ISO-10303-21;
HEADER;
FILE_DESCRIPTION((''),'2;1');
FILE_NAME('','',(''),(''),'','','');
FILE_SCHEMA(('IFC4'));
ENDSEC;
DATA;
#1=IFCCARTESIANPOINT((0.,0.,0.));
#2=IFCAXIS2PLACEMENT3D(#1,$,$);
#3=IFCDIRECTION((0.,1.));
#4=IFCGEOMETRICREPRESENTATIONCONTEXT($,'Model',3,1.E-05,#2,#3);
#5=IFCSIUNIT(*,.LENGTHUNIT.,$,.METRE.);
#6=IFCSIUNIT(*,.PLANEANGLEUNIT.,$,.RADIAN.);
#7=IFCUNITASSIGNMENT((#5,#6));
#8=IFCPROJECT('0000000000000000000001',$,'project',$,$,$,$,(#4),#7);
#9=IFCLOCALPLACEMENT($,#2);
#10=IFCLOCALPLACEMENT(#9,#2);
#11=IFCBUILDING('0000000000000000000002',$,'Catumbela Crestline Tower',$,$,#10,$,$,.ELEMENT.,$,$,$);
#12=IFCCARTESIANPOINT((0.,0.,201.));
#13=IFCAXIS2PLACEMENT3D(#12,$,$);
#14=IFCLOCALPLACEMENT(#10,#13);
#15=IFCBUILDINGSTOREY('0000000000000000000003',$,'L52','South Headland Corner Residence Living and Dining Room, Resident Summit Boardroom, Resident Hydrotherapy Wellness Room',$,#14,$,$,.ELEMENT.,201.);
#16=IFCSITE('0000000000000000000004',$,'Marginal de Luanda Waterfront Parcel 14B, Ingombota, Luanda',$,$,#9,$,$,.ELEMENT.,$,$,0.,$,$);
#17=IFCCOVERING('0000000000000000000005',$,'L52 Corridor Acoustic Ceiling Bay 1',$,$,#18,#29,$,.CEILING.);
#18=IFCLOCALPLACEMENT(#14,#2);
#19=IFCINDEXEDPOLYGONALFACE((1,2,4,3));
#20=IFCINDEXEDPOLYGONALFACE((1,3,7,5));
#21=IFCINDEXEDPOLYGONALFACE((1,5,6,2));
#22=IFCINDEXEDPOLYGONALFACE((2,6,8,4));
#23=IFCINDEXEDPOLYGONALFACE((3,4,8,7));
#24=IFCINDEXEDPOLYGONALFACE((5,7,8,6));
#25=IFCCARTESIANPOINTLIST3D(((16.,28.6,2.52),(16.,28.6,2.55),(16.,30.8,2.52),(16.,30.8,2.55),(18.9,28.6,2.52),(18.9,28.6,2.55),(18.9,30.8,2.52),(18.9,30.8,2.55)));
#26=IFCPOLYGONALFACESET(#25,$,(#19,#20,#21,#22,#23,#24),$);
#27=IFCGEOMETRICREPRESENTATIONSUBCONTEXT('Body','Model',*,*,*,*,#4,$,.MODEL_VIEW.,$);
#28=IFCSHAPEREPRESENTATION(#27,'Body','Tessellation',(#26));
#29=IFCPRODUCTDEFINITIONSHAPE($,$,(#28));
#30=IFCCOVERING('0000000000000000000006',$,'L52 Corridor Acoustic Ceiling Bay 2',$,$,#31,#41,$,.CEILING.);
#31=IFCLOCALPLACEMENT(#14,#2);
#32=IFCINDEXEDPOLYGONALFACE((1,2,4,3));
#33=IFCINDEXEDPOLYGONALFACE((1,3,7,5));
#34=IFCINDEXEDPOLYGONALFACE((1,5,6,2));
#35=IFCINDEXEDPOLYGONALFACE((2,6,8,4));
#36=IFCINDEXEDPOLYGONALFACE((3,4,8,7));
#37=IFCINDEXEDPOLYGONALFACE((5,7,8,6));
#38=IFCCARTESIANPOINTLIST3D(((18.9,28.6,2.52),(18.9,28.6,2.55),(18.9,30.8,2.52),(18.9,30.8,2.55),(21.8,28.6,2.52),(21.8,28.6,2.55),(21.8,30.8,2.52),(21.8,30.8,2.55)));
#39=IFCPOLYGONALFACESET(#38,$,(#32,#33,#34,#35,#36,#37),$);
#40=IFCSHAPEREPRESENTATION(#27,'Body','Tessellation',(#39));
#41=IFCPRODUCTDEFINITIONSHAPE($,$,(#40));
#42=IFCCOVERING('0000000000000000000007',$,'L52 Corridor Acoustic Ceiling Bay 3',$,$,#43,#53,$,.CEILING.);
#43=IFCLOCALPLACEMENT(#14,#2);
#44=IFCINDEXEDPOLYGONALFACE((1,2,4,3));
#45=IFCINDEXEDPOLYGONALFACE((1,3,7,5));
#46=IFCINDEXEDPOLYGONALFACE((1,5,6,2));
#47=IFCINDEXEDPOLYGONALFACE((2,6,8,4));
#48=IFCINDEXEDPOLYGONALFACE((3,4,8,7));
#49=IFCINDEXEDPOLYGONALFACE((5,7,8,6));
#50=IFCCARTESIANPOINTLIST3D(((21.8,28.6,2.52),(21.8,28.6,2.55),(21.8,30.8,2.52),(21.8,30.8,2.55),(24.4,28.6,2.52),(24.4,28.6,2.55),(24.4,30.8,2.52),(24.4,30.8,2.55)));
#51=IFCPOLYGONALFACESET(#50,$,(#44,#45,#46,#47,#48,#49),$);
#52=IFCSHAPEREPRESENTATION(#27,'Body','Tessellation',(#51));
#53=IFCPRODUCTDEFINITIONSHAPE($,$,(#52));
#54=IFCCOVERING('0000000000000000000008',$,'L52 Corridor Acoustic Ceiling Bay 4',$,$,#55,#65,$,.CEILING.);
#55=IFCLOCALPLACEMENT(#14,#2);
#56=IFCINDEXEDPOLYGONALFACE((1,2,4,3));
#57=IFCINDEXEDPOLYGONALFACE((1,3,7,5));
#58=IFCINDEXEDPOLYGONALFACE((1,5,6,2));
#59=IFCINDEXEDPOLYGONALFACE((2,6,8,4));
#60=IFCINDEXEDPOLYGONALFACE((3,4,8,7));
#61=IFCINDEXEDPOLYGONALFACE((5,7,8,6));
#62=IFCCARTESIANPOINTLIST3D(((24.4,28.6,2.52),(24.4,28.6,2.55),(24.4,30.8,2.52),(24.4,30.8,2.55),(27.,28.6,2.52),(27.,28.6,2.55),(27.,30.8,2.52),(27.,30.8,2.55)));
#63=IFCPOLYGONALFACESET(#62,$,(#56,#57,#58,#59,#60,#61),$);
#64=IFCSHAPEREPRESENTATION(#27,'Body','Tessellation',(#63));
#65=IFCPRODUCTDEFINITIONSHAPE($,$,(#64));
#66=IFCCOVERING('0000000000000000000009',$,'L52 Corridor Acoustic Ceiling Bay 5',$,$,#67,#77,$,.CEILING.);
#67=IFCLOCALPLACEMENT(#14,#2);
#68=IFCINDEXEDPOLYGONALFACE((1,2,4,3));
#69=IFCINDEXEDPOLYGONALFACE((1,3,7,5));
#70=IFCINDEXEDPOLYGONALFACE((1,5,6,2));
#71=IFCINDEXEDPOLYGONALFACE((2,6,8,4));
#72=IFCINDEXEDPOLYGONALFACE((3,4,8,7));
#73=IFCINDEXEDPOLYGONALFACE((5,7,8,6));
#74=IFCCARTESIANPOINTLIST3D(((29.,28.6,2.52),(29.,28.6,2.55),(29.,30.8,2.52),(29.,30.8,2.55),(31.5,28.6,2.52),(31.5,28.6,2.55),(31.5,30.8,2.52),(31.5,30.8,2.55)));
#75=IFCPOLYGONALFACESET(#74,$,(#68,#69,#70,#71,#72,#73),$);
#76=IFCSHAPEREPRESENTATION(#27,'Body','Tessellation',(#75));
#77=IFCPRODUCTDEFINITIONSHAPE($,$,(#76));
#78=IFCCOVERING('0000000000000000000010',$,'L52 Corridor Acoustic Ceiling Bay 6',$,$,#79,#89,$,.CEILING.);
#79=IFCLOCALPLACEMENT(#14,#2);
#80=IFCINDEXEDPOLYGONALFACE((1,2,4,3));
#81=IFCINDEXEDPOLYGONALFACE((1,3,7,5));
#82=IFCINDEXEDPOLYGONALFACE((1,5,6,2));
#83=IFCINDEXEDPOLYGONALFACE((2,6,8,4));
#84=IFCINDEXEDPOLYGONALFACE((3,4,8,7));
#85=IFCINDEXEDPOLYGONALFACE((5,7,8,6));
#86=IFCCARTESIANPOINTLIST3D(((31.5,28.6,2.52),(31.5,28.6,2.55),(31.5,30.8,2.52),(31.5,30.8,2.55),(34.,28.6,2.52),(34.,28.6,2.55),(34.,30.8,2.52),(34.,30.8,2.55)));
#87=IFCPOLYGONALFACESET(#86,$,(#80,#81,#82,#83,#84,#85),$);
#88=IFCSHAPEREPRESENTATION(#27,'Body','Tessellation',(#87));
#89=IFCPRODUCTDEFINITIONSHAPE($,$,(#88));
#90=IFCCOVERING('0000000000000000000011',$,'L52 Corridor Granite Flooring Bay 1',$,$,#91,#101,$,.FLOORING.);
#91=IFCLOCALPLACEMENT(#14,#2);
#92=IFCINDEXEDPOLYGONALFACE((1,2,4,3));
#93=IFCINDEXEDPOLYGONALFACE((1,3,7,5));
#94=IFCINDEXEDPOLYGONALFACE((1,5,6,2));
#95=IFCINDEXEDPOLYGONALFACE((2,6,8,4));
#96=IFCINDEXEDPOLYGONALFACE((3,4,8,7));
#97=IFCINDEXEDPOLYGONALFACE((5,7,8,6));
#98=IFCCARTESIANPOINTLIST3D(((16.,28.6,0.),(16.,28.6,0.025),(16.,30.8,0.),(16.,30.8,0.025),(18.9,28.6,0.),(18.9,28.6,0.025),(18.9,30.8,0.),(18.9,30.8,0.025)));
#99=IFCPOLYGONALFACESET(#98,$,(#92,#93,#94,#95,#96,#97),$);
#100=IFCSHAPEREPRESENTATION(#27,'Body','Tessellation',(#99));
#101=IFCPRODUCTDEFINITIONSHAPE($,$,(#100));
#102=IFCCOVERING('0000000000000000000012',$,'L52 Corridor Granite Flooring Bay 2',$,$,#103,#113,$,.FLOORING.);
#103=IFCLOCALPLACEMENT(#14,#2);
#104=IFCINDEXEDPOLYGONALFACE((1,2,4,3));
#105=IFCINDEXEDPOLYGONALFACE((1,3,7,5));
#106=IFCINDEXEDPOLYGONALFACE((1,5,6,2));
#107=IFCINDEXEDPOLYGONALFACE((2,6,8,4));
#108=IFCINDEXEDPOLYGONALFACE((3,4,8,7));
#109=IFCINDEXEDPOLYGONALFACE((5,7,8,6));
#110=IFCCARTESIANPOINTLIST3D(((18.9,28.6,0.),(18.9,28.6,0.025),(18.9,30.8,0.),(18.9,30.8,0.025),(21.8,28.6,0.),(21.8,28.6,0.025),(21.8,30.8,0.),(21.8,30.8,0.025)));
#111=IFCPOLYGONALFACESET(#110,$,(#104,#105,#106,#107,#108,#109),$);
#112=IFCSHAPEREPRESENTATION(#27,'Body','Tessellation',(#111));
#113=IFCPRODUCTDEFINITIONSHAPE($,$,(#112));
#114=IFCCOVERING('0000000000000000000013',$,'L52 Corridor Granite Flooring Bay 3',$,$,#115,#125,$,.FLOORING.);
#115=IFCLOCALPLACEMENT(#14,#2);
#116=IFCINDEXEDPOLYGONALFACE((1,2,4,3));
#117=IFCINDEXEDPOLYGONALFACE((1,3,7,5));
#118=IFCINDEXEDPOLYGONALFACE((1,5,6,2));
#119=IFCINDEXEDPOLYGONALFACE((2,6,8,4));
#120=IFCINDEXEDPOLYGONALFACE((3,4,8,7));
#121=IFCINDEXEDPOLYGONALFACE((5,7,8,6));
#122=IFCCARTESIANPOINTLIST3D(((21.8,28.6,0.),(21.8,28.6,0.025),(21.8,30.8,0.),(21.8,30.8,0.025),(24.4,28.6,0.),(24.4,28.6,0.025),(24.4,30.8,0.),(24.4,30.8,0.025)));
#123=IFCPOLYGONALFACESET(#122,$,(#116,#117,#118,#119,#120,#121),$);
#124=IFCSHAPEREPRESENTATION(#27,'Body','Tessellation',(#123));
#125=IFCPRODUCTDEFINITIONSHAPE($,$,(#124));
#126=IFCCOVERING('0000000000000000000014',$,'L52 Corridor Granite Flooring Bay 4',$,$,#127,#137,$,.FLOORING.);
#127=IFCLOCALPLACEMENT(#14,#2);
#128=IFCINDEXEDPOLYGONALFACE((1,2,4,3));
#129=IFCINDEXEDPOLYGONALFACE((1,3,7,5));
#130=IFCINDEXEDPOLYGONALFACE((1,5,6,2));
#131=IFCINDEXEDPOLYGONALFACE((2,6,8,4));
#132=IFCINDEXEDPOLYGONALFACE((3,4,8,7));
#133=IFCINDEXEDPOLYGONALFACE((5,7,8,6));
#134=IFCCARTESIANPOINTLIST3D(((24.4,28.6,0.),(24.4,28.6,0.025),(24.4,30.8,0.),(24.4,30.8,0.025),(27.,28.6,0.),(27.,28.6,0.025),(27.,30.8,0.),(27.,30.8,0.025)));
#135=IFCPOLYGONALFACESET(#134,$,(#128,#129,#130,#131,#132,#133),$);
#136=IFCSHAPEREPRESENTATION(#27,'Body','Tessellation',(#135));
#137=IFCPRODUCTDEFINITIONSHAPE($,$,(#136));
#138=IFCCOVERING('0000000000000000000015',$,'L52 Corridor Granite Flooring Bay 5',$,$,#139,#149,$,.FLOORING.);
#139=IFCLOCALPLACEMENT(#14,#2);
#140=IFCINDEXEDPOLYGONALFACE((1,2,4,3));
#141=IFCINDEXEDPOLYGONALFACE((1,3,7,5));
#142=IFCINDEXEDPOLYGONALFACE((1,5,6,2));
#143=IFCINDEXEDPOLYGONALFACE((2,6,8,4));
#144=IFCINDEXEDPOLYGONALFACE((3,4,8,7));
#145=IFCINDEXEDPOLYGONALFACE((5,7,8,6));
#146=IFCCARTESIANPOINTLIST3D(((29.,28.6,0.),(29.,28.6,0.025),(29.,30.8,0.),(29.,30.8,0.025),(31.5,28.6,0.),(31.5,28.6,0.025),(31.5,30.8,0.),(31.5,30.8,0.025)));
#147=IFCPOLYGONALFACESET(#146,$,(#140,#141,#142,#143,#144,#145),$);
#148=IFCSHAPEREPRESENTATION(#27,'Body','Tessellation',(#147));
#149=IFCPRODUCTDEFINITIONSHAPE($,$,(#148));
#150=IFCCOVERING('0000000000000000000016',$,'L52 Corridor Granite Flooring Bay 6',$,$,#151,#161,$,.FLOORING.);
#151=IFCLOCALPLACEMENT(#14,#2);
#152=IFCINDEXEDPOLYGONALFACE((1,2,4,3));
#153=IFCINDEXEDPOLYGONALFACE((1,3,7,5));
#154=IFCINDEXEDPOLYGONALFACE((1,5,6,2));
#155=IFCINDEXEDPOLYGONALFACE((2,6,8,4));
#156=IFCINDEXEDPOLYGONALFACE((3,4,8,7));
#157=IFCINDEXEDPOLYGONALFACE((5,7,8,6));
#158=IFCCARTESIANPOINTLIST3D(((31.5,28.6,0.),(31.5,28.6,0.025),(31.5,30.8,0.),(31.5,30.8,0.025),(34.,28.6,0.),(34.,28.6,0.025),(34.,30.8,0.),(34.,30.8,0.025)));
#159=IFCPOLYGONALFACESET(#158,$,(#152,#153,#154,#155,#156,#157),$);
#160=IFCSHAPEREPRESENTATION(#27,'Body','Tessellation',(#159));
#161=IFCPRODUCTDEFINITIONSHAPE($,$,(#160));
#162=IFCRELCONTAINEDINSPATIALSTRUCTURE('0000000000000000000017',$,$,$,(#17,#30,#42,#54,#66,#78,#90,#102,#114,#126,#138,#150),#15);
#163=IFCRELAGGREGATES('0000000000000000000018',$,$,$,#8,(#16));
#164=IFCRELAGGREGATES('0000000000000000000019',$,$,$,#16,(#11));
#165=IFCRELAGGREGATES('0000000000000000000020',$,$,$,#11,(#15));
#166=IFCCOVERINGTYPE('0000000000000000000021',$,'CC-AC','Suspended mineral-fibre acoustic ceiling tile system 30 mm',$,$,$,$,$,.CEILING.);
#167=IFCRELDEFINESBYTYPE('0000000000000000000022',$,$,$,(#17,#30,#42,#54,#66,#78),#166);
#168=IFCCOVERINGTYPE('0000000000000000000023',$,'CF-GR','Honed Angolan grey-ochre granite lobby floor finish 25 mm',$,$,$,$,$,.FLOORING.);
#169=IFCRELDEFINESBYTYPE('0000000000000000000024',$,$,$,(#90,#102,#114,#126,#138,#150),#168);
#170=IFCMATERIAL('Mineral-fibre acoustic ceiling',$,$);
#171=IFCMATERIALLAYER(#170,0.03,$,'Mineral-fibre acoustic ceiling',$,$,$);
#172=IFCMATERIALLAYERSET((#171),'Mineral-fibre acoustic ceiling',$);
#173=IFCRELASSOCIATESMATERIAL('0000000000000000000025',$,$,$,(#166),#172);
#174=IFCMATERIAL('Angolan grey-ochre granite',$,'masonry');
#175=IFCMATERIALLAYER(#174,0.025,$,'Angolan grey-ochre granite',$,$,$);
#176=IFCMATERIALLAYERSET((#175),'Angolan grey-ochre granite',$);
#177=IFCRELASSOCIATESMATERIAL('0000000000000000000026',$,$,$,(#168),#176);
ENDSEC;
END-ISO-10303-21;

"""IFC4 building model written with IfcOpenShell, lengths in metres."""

from ifc_helpers import new_model, si_unit, direction, frame, origin, place, context, subcontext, project, spatial, polyline, outline, extrude, material, layer, layer_set, type_object, element, save


model = new_model("IFC4")

# Units and contexts
model_context = context("Model", 3, precision=1e-05, world=origin(), true_north=direction((0.0, 1.0)))
body_context = subcontext(model_context, "Body", "Model", "MODEL_VIEW")
ifc_project = project(units=[si_unit("LENGTHUNIT", "METRE"), si_unit("PLANEANGLEUNIT", "RADIAN")], contexts=[model_context])

# Site, building, storey
site_placement = place(None, origin())
site = spatial("IfcSite", under=ifc_project, at=site_placement, Name="Marginal de Luanda Waterfront Parcel 14B, Ingombota, Luanda", CompositionType="ELEMENT", RefElevation=0.0)
building_placement = place(site_placement, origin())
building = spatial("IfcBuilding", under=site, at=building_placement, Name="Catumbela Crestline Tower", CompositionType="ELEMENT")
storey_placement = place(building_placement, frame((0.0, 0.0, 201.0)))
storey = spatial("IfcBuildingStorey", under=building, at=storey_placement, Name="L52", Description="South Headland Corner Residence Living and Dining Room, Resident Summit Boardroom, Resident Hydrotherapy Wellness Room", CompositionType="ELEMENT", Elevation=201.0)

# Coverings
ifc_material_1 = material(Name="Mineral-fibre acoustic ceiling")
ifc_layer_1 = layer(ifc_material_1, 0.03, Name="Mineral-fibre acoustic ceiling")
ifc_layer_set_1 = layer_set([ifc_layer_1], Name="Mineral-fibre acoustic ceiling")
covering_type_1 = type_object("IfcCoveringType", Name="CC-AC", Description="Suspended mineral-fibre acoustic ceiling tile system 30 mm", PredefinedType="CEILING", material=ifc_layer_set_1)
covering_1_placement = place(storey_placement, frame((0.0, 0.0, 2.52)))
element("IfcCovering", 1, at=covering_1_placement, inside=storey, type_object=covering_type_1, Name="L52 Corridor Acoustic Ceiling Bay 1", PredefinedType="CEILING", context=body_context, shape_type="SweptSolid", body=[
    extrude(outline(polyline([(16.0, 28.6), (18.9, 28.6), (18.9, 30.8), (16.0, 30.8), (16.0, 28.6)])), origin(), (0.0, 0.0, 1.0), 0.03),
])
covering_2_placement = place(storey_placement, frame((0.0, 0.0, 2.52)))
element("IfcCovering", 2, at=covering_2_placement, inside=storey, type_object=covering_type_1, Name="L52 Corridor Acoustic Ceiling Bay 2", PredefinedType="CEILING", context=body_context, shape_type="SweptSolid", body=[
    extrude(outline(polyline([(18.9, 28.6), (21.8, 28.6), (21.8, 30.8), (18.9, 30.8), (18.9, 28.6)])), origin(), (0.0, 0.0, 1.0), 0.03),
])
covering_3_placement = place(storey_placement, frame((0.0, 0.0, 2.52)))
element("IfcCovering", 3, at=covering_3_placement, inside=storey, type_object=covering_type_1, Name="L52 Corridor Acoustic Ceiling Bay 3", PredefinedType="CEILING", context=body_context, shape_type="SweptSolid", body=[
    extrude(outline(polyline([(21.8, 28.6), (24.4, 28.6), (24.4, 30.8), (21.8, 30.8), (21.8, 28.6)])), origin(), (0.0, 0.0, 1.0), 0.03),
])
covering_4_placement = place(storey_placement, frame((0.0, 0.0, 2.52)))
element("IfcCovering", 4, at=covering_4_placement, inside=storey, type_object=covering_type_1, Name="L52 Corridor Acoustic Ceiling Bay 4", PredefinedType="CEILING", context=body_context, shape_type="SweptSolid", body=[
    extrude(outline(polyline([(24.4, 28.6), (27.0, 28.6), (27.0, 30.8), (24.4, 30.8), (24.4, 28.6)])), origin(), (0.0, 0.0, 1.0), 0.03),
])
covering_5_placement = place(storey_placement, frame((0.0, 0.0, 2.52)))
element("IfcCovering", 5, at=covering_5_placement, inside=storey, type_object=covering_type_1, Name="L52 Corridor Acoustic Ceiling Bay 5", PredefinedType="CEILING", context=body_context, shape_type="SweptSolid", body=[
    extrude(outline(polyline([(29.0, 28.6), (31.5, 28.6), (31.5, 30.8), (29.0, 30.8), (29.0, 28.6)])), origin(), (0.0, 0.0, 1.0), 0.03),
])
covering_6_placement = place(storey_placement, frame((0.0, 0.0, 2.52)))
element("IfcCovering", 6, at=covering_6_placement, inside=storey, type_object=covering_type_1, Name="L52 Corridor Acoustic Ceiling Bay 6", PredefinedType="CEILING", context=body_context, shape_type="SweptSolid", body=[
    extrude(outline(polyline([(31.5, 28.6), (34.0, 28.6), (34.0, 30.8), (31.5, 30.8), (31.5, 28.6)])), origin(), (0.0, 0.0, 1.0), 0.03),
])
ifc_material_2 = material(Name="Angolan grey-ochre granite", Category="masonry")
ifc_layer_2 = layer(ifc_material_2, 0.025, Name="Angolan grey-ochre granite")
ifc_layer_set_2 = layer_set([ifc_layer_2], Name="Angolan grey-ochre granite")
covering_type_2 = type_object("IfcCoveringType", Name="CF-GR", Description="Honed Angolan grey-ochre granite lobby floor finish 25 mm", PredefinedType="FLOORING", material=ifc_layer_set_2)
covering_7_placement = place(storey_placement, origin())
element("IfcCovering", 7, at=covering_7_placement, inside=storey, type_object=covering_type_2, Name="L52 Corridor Granite Flooring Bay 1", PredefinedType="FLOORING", context=body_context, shape_type="SweptSolid", body=[
    extrude(outline(polyline([(16.0, 28.6), (18.9, 28.6), (18.9, 30.8), (16.0, 30.8), (16.0, 28.6)])), origin(), (0.0, 0.0, 1.0), 0.025),
])
covering_8_placement = place(storey_placement, origin())
element("IfcCovering", 8, at=covering_8_placement, inside=storey, type_object=covering_type_2, Name="L52 Corridor Granite Flooring Bay 2", PredefinedType="FLOORING", context=body_context, shape_type="SweptSolid", body=[
    extrude(outline(polyline([(18.9, 28.6), (21.8, 28.6), (21.8, 30.8), (18.9, 30.8), (18.9, 28.6)])), origin(), (0.0, 0.0, 1.0), 0.025),
])
covering_9_placement = place(storey_placement, origin())
element("IfcCovering", 9, at=covering_9_placement, inside=storey, type_object=covering_type_2, Name="L52 Corridor Granite Flooring Bay 3", PredefinedType="FLOORING", context=body_context, shape_type="SweptSolid", body=[
    extrude(outline(polyline([(21.8, 28.6), (24.4, 28.6), (24.4, 30.8), (21.8, 30.8), (21.8, 28.6)])), origin(), (0.0, 0.0, 1.0), 0.025),
])
covering_10_placement = place(storey_placement, origin())
element("IfcCovering", 10, at=covering_10_placement, inside=storey, type_object=covering_type_2, Name="L52 Corridor Granite Flooring Bay 4", PredefinedType="FLOORING", context=body_context, shape_type="SweptSolid", body=[
    extrude(outline(polyline([(24.4, 28.6), (27.0, 28.6), (27.0, 30.8), (24.4, 30.8), (24.4, 28.6)])), origin(), (0.0, 0.0, 1.0), 0.025),
])
covering_11_placement = place(storey_placement, origin())
element("IfcCovering", 11, at=covering_11_placement, inside=storey, type_object=covering_type_2, Name="L52 Corridor Granite Flooring Bay 5", PredefinedType="FLOORING", context=body_context, shape_type="SweptSolid", body=[
    extrude(outline(polyline([(29.0, 28.6), (31.5, 28.6), (31.5, 30.8), (29.0, 30.8), (29.0, 28.6)])), origin(), (0.0, 0.0, 1.0), 0.025),
])
covering_12_placement = place(storey_placement, origin())
element("IfcCovering", 12, at=covering_12_placement, inside=storey, type_object=covering_type_2, Name="L52 Corridor Granite Flooring Bay 6", PredefinedType="FLOORING", context=body_context, shape_type="SweptSolid", body=[
    extrude(outline(polyline([(31.5, 28.6), (34.0, 28.6), (34.0, 30.8), (31.5, 30.8), (31.5, 28.6)])), origin(), (0.0, 0.0, 1.0), 0.025),
])

save(model, "model.ifc")
